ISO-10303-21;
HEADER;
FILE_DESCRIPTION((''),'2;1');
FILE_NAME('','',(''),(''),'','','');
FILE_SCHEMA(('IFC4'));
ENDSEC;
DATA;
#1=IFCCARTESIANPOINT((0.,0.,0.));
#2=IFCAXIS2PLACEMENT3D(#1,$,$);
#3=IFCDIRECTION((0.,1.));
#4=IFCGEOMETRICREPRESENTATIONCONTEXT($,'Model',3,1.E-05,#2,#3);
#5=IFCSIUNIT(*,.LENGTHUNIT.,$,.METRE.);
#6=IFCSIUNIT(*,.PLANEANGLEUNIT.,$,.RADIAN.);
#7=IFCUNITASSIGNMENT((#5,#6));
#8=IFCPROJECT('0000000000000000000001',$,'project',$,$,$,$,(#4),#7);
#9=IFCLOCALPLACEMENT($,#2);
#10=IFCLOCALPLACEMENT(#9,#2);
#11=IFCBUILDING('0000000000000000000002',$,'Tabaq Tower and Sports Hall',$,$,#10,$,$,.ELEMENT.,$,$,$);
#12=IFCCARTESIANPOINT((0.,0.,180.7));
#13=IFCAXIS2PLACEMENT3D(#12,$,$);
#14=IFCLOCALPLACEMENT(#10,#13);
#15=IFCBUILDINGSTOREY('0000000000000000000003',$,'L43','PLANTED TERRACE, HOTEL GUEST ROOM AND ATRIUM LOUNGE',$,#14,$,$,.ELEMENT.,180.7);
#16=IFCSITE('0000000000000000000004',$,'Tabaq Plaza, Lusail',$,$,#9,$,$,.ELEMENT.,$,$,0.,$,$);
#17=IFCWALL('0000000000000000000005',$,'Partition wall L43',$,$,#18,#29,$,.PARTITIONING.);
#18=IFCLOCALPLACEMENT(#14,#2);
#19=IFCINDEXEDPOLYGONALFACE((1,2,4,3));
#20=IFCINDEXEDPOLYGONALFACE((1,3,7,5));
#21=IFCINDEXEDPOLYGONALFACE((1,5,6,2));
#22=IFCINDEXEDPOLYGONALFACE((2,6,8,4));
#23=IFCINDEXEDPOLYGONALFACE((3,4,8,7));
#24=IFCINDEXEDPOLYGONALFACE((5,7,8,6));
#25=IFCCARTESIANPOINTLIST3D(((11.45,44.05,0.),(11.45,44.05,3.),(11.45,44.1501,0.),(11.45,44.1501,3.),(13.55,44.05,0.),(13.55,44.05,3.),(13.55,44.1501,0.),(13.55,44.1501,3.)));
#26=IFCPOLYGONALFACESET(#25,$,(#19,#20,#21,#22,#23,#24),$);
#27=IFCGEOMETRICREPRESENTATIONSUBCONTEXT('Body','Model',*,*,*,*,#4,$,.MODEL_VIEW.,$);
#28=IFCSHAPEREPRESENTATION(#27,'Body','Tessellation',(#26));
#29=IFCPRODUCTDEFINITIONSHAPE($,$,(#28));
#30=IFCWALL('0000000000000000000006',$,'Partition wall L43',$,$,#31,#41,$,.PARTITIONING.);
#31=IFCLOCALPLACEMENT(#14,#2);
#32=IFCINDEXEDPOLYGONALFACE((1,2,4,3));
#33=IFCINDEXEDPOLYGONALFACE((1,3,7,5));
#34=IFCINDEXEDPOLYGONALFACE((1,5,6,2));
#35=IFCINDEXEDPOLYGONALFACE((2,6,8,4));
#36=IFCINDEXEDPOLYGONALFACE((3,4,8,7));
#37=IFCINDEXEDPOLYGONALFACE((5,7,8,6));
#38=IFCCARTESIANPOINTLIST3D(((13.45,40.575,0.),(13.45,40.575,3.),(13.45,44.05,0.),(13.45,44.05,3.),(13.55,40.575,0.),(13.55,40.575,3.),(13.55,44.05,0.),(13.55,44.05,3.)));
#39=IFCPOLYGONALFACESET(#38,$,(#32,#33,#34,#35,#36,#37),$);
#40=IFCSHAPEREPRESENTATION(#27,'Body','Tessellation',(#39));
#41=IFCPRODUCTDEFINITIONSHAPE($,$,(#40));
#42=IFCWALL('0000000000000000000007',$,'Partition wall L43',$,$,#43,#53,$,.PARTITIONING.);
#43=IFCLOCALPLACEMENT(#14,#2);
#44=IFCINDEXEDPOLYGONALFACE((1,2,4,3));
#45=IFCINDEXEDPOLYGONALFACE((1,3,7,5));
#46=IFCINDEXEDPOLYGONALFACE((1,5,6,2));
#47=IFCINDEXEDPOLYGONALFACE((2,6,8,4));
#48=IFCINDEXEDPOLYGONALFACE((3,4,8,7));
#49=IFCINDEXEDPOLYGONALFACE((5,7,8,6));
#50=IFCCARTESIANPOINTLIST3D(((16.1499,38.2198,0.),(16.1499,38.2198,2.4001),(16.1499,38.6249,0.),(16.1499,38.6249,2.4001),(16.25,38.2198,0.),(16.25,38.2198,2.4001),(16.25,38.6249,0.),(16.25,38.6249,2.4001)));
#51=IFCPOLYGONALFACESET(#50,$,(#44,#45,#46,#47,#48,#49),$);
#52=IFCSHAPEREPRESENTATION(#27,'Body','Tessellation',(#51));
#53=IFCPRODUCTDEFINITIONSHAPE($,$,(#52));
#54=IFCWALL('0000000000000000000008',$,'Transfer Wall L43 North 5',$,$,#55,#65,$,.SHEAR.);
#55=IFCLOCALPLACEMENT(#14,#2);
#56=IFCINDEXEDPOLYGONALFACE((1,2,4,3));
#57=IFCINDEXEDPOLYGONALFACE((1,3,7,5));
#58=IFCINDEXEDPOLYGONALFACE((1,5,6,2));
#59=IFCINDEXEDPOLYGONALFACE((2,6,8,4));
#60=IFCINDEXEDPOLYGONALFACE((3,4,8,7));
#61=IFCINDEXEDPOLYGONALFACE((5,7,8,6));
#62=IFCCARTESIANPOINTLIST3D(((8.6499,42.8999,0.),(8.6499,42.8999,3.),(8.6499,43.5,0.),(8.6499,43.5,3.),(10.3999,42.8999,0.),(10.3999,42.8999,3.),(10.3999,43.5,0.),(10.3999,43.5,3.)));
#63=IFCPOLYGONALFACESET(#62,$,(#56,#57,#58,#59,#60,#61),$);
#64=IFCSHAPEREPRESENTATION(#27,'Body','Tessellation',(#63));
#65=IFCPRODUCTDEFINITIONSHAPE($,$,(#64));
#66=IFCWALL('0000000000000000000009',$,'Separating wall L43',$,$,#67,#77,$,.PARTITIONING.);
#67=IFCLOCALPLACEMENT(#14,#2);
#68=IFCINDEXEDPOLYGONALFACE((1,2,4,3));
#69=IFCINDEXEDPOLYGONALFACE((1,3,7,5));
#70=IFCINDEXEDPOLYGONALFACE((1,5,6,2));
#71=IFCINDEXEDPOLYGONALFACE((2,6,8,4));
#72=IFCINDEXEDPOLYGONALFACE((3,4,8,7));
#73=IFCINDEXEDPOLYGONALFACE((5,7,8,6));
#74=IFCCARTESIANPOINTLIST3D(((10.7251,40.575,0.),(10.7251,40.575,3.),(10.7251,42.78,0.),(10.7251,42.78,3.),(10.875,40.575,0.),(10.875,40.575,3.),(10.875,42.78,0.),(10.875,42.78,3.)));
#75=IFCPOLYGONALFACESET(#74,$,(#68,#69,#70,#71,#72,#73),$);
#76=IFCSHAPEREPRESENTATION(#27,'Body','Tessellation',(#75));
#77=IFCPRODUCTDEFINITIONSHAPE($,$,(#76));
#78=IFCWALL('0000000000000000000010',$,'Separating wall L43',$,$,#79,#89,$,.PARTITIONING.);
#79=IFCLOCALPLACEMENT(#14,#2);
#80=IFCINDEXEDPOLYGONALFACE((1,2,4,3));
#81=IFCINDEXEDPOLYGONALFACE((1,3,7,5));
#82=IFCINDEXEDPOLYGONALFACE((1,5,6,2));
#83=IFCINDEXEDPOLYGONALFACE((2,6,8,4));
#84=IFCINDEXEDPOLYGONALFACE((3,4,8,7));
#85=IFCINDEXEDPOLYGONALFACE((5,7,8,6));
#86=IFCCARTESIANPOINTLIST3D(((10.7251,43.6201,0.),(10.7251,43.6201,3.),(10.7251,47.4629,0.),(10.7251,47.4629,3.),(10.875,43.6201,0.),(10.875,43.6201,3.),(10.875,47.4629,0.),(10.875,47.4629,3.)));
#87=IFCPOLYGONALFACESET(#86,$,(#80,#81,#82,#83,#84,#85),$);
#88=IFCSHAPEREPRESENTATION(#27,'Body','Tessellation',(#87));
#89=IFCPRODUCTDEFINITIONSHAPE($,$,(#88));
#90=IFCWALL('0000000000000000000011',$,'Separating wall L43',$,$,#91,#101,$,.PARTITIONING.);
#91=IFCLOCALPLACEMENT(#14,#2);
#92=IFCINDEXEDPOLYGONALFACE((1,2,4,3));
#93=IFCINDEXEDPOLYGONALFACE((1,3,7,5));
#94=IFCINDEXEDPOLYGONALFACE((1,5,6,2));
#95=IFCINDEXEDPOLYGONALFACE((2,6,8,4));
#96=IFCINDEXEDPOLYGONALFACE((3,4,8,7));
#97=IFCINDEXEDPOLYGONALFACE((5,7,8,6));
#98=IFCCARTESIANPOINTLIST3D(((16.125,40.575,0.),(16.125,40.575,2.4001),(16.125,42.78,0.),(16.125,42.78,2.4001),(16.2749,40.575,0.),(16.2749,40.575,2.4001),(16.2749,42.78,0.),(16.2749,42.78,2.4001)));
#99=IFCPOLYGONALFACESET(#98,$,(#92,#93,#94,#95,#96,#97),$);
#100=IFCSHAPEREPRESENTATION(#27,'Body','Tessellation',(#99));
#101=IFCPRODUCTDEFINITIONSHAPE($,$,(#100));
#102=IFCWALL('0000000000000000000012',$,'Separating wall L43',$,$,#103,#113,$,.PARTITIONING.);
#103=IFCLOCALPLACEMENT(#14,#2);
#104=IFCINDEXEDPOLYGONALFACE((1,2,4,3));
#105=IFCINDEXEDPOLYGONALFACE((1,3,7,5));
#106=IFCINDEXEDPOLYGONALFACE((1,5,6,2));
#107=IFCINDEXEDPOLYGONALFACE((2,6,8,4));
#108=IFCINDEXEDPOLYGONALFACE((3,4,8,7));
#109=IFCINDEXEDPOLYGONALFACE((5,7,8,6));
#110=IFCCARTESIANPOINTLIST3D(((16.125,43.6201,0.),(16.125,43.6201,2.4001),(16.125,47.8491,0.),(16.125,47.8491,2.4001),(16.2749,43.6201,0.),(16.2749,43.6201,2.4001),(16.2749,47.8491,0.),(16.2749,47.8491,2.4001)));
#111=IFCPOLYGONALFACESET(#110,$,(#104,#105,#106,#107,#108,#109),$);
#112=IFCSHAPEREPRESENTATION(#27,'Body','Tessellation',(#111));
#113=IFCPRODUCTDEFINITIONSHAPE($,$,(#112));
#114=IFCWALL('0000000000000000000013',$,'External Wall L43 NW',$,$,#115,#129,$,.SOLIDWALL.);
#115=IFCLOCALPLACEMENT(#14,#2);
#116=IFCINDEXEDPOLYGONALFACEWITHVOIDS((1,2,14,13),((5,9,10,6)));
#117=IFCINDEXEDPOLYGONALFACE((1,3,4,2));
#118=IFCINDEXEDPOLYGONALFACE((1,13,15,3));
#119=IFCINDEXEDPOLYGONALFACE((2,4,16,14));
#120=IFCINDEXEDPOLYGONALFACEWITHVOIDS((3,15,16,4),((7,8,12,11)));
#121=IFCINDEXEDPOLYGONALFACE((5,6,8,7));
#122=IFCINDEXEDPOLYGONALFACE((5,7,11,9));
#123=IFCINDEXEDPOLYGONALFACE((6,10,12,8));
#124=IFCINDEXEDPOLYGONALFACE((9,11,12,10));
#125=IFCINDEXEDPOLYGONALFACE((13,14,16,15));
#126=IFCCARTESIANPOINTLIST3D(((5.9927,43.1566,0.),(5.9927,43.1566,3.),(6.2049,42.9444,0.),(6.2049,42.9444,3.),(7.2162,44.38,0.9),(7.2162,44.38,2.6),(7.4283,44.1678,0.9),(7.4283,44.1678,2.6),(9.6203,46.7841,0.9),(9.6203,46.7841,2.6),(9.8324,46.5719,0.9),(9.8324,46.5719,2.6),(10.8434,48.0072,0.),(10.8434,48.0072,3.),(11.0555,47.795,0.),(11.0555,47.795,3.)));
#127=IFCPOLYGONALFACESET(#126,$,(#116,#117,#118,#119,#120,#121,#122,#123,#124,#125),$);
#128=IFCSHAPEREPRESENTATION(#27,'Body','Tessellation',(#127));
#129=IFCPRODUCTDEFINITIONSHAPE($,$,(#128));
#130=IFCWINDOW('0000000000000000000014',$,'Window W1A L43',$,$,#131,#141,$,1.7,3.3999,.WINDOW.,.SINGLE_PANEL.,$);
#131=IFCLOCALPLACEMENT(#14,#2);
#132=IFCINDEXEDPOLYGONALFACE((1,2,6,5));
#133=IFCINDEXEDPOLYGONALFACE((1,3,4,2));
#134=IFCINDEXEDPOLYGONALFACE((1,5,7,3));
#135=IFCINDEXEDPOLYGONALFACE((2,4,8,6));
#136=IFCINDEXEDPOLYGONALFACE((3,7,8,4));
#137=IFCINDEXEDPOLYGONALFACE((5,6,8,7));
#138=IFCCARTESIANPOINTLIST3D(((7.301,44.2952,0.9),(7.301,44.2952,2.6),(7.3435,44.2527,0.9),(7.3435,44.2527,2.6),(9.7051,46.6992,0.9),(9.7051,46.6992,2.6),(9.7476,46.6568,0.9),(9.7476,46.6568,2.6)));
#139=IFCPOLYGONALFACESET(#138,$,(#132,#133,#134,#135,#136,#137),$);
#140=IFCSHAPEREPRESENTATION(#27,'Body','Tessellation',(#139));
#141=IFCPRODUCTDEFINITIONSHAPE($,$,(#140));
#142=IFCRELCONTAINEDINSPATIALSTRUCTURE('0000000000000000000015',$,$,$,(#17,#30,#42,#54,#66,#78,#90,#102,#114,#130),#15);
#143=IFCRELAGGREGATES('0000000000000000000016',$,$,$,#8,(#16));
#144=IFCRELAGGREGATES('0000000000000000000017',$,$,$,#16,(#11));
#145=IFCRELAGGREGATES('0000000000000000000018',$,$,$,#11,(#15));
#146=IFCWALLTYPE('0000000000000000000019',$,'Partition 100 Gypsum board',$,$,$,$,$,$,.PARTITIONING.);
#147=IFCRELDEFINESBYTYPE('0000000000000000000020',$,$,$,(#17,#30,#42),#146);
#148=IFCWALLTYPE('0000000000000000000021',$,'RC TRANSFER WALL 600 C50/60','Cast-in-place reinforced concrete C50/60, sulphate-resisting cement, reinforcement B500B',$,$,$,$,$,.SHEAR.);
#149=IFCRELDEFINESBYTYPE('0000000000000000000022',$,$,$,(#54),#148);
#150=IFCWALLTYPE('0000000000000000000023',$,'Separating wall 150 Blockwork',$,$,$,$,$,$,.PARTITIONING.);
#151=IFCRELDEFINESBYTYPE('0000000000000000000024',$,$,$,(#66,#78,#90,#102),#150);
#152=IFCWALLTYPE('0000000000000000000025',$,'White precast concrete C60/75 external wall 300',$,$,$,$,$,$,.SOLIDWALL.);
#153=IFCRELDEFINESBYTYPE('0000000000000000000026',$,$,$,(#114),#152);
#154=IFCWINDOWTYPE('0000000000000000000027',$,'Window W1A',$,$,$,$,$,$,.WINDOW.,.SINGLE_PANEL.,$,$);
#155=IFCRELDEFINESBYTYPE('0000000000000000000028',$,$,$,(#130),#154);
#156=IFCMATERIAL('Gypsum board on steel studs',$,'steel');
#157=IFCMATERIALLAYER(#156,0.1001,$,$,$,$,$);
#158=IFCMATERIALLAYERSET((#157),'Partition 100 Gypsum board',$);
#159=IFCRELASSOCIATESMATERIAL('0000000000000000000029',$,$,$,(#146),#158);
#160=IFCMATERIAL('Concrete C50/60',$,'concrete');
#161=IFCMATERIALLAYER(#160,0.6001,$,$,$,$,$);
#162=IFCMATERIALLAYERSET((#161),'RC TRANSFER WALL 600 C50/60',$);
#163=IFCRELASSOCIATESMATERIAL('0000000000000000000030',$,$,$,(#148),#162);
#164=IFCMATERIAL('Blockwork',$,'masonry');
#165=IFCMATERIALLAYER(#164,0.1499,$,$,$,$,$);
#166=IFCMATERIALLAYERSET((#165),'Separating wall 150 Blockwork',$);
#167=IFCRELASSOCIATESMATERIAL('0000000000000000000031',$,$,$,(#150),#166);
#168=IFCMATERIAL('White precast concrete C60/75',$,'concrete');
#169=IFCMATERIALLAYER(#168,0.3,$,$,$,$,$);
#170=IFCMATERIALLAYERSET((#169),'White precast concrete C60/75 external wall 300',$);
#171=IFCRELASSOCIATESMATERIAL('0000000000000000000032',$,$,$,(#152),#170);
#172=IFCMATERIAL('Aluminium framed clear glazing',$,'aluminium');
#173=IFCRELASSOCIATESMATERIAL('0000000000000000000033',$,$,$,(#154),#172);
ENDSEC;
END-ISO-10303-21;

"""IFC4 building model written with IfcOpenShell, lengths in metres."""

from ifc_helpers import new_model, si_unit, direction, frame, frame_2d, origin, place, context, subcontext, project, spatial, rectangle, extrude, material, layer, layer_set, type_object, element, fill, save


model = new_model("IFC4")

# Units and contexts
model_context = context("Model", 3, precision=1e-05, world=origin(), true_north=direction((0.0, 1.0)))
body_context = subcontext(model_context, "Body", "Model", "MODEL_VIEW")
ifc_project = project(units=[si_unit("LENGTHUNIT", "METRE"), si_unit("PLANEANGLEUNIT", "RADIAN")], contexts=[model_context])

# Site, building, storey
site_placement = place(None, origin())
site = spatial("IfcSite", under=ifc_project, at=site_placement, Name="Tabaq Plaza, Lusail", CompositionType="ELEMENT", RefElevation=0.0)
building_placement = place(site_placement, origin())
building = spatial("IfcBuilding", under=site, at=building_placement, Name="Tabaq Tower and Sports Hall", CompositionType="ELEMENT")
storey_placement = place(building_placement, frame((0.0, 0.0, 180.7)))
storey = spatial("IfcBuildingStorey", under=building, at=storey_placement, Name="L43", Description="PLANTED TERRACE, HOTEL GUEST ROOM AND ATRIUM LOUNGE", CompositionType="ELEMENT", Elevation=180.7)

# Shared definitions
ifc_material_1 = material(Name="Gypsum board on steel studs", Category="steel")
ifc_layer_1 = layer(ifc_material_1, 0.1001)
ifc_layer_set_1 = layer_set([ifc_layer_1], Name="Partition 100 Gypsum board")
wall_type_1 = type_object("IfcWallType", Name="Partition 100 Gypsum board", PredefinedType="PARTITIONING", material=ifc_layer_set_1)

# Walls
wall_1_placement = place(storey_placement, frame((11.45, 44.1001, 0.0), z_axis=(0.0, 0.0, 1.0), x_axis=(1.0, 0.0, 0.0)))
element("IfcWall", 1, at=wall_1_placement, inside=storey, type_object=wall_type_1, Name="Partition wall L43", PredefinedType="PARTITIONING", context=body_context, shape_type="SweptSolid", body=[
    extrude(rectangle(XDim=2.1001, YDim=0.1001, at=frame_2d((1.05, 0.0))), origin(), (0.0, 0.0, 1.0), 3.0),
])
wall_2_placement = place(storey_placement, frame((13.5, 44.05, 0.0), z_axis=(0.0, 0.0, 1.0), x_axis=(0.0, -1.0, 0.0)))
element("IfcWall", 2, at=wall_2_placement, inside=storey, type_object=wall_type_1, Name="Partition wall L43", PredefinedType="PARTITIONING", context=body_context, shape_type="SweptSolid", body=[
    extrude(rectangle(XDim=3.4751, YDim=0.1001, at=frame_2d((1.7375, 0.0))), origin(), (0.0, 0.0, 1.0), 3.0),
])
wall_3_placement = place(storey_placement, frame((16.2, 38.625, 0.0), z_axis=(0.0, 0.0, 1.0), x_axis=(0.0, -1.0, 0.0)))
element("IfcWall", 3, at=wall_3_placement, inside=storey, type_object=wall_type_1, Name="Partition wall L43", PredefinedType="PARTITIONING", context=body_context, shape_type="SweptSolid", body=[
    extrude(rectangle(XDim=0.405, YDim=0.1001, at=frame_2d((0.2026, 0.0))), origin(), (0.0, 0.0, 1.0), 2.4001),
])
ifc_material_2 = material(Name="Concrete C50/60", Category="concrete")
ifc_layer_2 = layer(ifc_material_2, 0.6001)
ifc_layer_set_2 = layer_set([ifc_layer_2], Name="RC TRANSFER WALL 600 C50/60")
wall_type_2 = type_object("IfcWallType", Name="RC TRANSFER WALL 600 C50/60", Description="Cast-in-place reinforced concrete C50/60, sulphate-resisting cement, reinforcement B500B", PredefinedType="SHEAR", material=ifc_layer_set_2)
wall_4_placement = place(storey_placement, frame((8.6499, 43.2, 0.0), z_axis=(0.0, 0.0, 1.0), x_axis=(1.0, 0.0, 0.0)))
element("IfcWall", 4, at=wall_4_placement, inside=storey, type_object=wall_type_2, Name="Transfer Wall L43 North 5", PredefinedType="SHEAR", context=body_context, shape_type="SweptSolid", body=[
    extrude(rectangle(XDim=1.75, YDim=0.6001, at=frame_2d((0.875, 0.0))), origin(), (0.0, 0.0, 1.0), 3.0),
])
ifc_material_3 = material(Name="Blockwork", Category="masonry")
ifc_layer_3 = layer(ifc_material_3, 0.1499)
ifc_layer_set_3 = layer_set([ifc_layer_3], Name="Separating wall 150 Blockwork")
wall_type_3 = type_object("IfcWallType", Name="Separating wall 150 Blockwork", PredefinedType="PARTITIONING", material=ifc_layer_set_3)
wall_5_placement = place(storey_placement, frame((10.8, 40.575, 0.0), z_axis=(0.0, 0.0, 1.0), x_axis=(0.0, 1.0, 0.0)))
element("IfcWall", 5, at=wall_5_placement, inside=storey, type_object=wall_type_3, Name="Separating wall L43", PredefinedType="PARTITIONING", context=body_context, shape_type="SweptSolid", body=[
    extrude(rectangle(XDim=2.2051, YDim=0.1499, at=frame_2d((1.1025, 0.0))), origin(), (0.0, 0.0, 1.0), 3.0),
])
wall_6_placement = place(storey_placement, frame((10.8, 43.6201, 0.0), z_axis=(0.0, 0.0, 1.0), x_axis=(0.0, 1.0, 0.0)))
element("IfcWall", 6, at=wall_6_placement, inside=storey, type_object=wall_type_3, Name="Separating wall L43", PredefinedType="PARTITIONING", context=body_context, shape_type="SweptSolid", body=[
    extrude(rectangle(XDim=3.8428, YDim=0.1499, at=frame_2d((1.9214, 0.0))), origin(), (0.0, 0.0, 1.0), 3.0),
])
wall_7_placement = place(storey_placement, frame((16.2, 40.575, 0.0), z_axis=(0.0, 0.0, 1.0), x_axis=(0.0, 1.0, 0.0)))
element("IfcWall", 7, at=wall_7_placement, inside=storey, type_object=wall_type_3, Name="Separating wall L43", PredefinedType="PARTITIONING", context=body_context, shape_type="SweptSolid", body=[
    extrude(rectangle(XDim=2.2051, YDim=0.1499, at=frame_2d((1.1025, 0.0))), origin(), (0.0, 0.0, 1.0), 2.4001),
])
wall_8_placement = place(storey_placement, frame((16.2, 43.6201, 0.0), z_axis=(0.0, 0.0, 1.0), x_axis=(0.0, 1.0, 0.0)))
element("IfcWall", 8, at=wall_8_placement, inside=storey, type_object=wall_type_3, Name="Separating wall L43", PredefinedType="PARTITIONING", context=body_context, shape_type="SweptSolid", body=[
    extrude(rectangle(XDim=4.229, YDim=0.1499, at=frame_2d((2.1145, 0.0))), origin(), (0.0, 0.0, 1.0), 2.4001),
])

# Wall, opening, window
ifc_material_4 = material(Name="White precast concrete C60/75", Category="concrete")
ifc_layer_4 = layer(ifc_material_4, 0.3)
ifc_layer_set_4 = layer_set([ifc_layer_4], Name="White precast concrete C60/75 external wall 300")
wall_type_4 = type_object("IfcWallType", Name="White precast concrete C60/75 external wall 300", PredefinedType="SOLIDWALL", material=ifc_layer_set_4)
wall_9_placement = place(storey_placement, frame((10.9495, 47.9011, 0.0), z_axis=(0.0, 0.0, 1.0), x_axis=(-0.707107, -0.707107, 0.0)))
wall_9 = element("IfcWall", 9, at=wall_9_placement, inside=storey, type_object=wall_type_4, Name="External Wall L43 NW", PredefinedType="SOLIDWALL", context=body_context, shape_type="SweptSolid", body=[
    extrude(rectangle(XDim=6.8599, YDim=0.3, at=frame_2d((3.4299, 0.0))), origin(), (0.0, 0.0, 1.0), 3.0),
])
opening_1_placement = place(wall_9_placement, frame((1.7297, 0.0, 0.8999)))
opening_1 = element("IfcOpeningElement", 10, at=opening_1_placement, cuts=wall_9, PredefinedType="OPENING", context=body_context, shape_type="SweptSolid", body=[
    extrude(rectangle(XDim=3.3999, YDim=1.7, at=frame_2d((1.7, 0.8501))), frame((0.0, 0.1602, 0.0), z_axis=(0.0, -1.0, 0.0), x_axis=(1.0, 0.0, 0.0)), (0.0, 0.0, 1.0), 0.3201),
])
ifc_material_5 = material(Name="Aluminium framed clear glazing", Category="aluminium")
window_type_1 = type_object("IfcWindowType", Name="Window W1A", PartitioningType="SINGLE_PANEL", PredefinedType="WINDOW", material=ifc_material_5)
window_1_placement = place(opening_1_placement, origin())
window_1 = element("IfcWindow", 11, at=window_1_placement, inside=storey, type_object=window_type_1, Name="Window W1A L43", OverallHeight=1.7, OverallWidth=3.3999, PartitioningType="SINGLE_PANEL", PredefinedType="WINDOW", context=body_context, shape_type="SweptSolid", body=[
    extrude(rectangle(XDim=3.3999, YDim=1.7, at=frame_2d((1.7, 0.8501))), frame((0.0, 0.03, 0.0), z_axis=(0.0, -1.0, 0.0), x_axis=(1.0, 0.0, 0.0)), (0.0, 0.0, 1.0), 0.0601),
])
fill(opening_1, window_1)

save(model, "model.ifc")
